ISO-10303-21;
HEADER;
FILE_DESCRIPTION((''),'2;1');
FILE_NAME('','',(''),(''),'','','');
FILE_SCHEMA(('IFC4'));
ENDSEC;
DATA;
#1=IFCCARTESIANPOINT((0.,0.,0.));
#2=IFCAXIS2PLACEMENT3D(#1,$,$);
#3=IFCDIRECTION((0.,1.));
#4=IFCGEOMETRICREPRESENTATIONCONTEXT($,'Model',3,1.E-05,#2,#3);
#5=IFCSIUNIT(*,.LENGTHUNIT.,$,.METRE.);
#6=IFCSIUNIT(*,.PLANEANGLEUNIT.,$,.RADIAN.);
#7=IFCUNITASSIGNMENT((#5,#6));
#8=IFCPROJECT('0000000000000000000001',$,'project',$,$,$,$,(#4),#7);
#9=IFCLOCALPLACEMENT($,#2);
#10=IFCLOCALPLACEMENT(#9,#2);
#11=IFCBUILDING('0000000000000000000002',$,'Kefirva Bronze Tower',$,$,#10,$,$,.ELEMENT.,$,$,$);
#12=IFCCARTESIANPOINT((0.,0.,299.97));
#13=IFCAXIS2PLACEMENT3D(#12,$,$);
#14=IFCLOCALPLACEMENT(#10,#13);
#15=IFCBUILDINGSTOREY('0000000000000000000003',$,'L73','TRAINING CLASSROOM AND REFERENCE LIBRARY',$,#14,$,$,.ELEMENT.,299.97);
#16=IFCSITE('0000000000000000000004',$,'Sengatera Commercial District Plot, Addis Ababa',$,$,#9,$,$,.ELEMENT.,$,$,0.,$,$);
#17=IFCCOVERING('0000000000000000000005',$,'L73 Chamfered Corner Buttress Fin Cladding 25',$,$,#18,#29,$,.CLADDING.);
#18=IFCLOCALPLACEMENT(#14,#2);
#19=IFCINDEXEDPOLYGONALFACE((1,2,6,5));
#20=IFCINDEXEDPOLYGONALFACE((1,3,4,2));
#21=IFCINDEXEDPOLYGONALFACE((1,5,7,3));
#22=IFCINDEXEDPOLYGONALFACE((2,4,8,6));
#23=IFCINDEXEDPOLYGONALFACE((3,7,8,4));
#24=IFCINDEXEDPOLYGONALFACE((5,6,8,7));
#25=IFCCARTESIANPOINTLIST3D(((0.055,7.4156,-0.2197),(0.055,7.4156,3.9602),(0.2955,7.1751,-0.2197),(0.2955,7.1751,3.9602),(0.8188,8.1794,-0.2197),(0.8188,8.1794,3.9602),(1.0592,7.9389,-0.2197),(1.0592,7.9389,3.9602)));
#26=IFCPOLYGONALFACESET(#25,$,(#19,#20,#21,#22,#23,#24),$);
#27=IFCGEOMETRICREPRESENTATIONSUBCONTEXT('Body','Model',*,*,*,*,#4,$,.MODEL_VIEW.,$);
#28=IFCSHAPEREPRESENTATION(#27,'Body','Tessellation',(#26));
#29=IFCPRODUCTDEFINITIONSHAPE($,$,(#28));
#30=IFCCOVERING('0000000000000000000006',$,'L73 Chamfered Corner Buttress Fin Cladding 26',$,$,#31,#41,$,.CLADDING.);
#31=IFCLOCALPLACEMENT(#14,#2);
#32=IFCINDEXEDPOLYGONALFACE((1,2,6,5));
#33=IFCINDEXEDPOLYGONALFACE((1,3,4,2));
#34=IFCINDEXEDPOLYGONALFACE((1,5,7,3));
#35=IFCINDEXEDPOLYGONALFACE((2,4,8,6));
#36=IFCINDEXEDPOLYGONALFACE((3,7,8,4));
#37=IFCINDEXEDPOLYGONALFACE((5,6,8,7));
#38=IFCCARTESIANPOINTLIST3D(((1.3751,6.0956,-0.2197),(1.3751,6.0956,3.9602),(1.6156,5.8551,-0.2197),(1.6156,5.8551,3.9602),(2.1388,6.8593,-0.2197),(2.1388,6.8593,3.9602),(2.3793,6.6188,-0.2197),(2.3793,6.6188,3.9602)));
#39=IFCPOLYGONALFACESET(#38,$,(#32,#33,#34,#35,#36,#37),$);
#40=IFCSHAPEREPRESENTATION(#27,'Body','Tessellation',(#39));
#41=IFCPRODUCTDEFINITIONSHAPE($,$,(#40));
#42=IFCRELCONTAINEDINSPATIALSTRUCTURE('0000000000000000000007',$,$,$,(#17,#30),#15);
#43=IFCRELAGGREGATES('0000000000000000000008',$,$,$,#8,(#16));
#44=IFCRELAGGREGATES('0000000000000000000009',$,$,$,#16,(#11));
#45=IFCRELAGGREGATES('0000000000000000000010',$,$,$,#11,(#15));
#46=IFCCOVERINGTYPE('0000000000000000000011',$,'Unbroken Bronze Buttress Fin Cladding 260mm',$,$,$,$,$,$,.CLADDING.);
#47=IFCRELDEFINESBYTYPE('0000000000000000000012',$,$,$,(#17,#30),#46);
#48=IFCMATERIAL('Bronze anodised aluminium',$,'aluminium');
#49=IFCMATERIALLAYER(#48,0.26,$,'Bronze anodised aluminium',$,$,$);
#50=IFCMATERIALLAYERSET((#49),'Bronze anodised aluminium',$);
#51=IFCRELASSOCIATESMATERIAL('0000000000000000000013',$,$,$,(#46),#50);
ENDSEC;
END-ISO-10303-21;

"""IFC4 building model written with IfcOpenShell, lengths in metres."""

from ifc_helpers import new_model, si_unit, direction, frame, origin, origin_2d, place, context, subcontext, project, spatial, rectangle, extrude, material, layer, layer_set, type_object, element, save


model = new_model("IFC4")

# Units and contexts
model_context = context("Model", 3, precision=1e-05, world=origin(), true_north=direction((0.0, 1.0)))
body_context = subcontext(model_context, "Body", "Model", "MODEL_VIEW")
ifc_project = project(units=[si_unit("LENGTHUNIT", "METRE"), si_unit("PLANEANGLEUNIT", "RADIAN")], contexts=[model_context])

# Site, building, storey
site_placement = place(None, origin())
site = spatial("IfcSite", under=ifc_project, at=site_placement, Name="Sengatera Commercial District Plot, Addis Ababa", CompositionType="ELEMENT", RefElevation=0.0)
building_placement = place(site_placement, origin())
building = spatial("IfcBuilding", under=site, at=building_placement, Name="Kefirva Bronze Tower", CompositionType="ELEMENT")
storey_placement = place(building_placement, frame((0.0, 0.0, 299.97)))
storey = spatial("IfcBuildingStorey", under=building, at=storey_placement, Name="L73", Description="TRAINING CLASSROOM AND REFERENCE LIBRARY", CompositionType="ELEMENT", Elevation=299.97)

# Shared definitions
ifc_material_1 = material(Name="Bronze anodised aluminium", Category="aluminium")

# Coverings
ifc_layer_1 = layer(ifc_material_1, 0.26, Name="Bronze anodised aluminium")
ifc_layer_set_1 = layer_set([ifc_layer_1], Name="Bronze anodised aluminium")
covering_type_1 = type_object("IfcCoveringType", Name="Unbroken Bronze Buttress Fin Cladding 260mm", PredefinedType="CLADDING", material=ifc_layer_set_1)
for number, where, z_axis, x_axis, name in (
    (1, (0.5571, 7.6772, -0.2197), (0.0, 0.0, 1.0), (0.707107, -0.707107, 0.0), "L73 Chamfered Corner Buttress Fin Cladding 25"),
    (2, (1.8772, 6.3572, -0.2197), (0.0, 0.0, 1.0), (0.707107, -0.707107, 0.0), "L73 Chamfered Corner Buttress Fin Cladding 26"),
):
    element("IfcCovering", number, at=place(storey_placement, frame(where, z_axis=z_axis, x_axis=x_axis)), inside=storey, type_object=covering_type_1, Name=name, PredefinedType="CLADDING", context=body_context, shape_type="SweptSolid", body=[
        extrude(rectangle(XDim=0.3401, YDim=1.0801, at=origin_2d()), origin(), (0.0, 0.0, 1.0), 4.1799),
    ])

save(model, "model.ifc")
